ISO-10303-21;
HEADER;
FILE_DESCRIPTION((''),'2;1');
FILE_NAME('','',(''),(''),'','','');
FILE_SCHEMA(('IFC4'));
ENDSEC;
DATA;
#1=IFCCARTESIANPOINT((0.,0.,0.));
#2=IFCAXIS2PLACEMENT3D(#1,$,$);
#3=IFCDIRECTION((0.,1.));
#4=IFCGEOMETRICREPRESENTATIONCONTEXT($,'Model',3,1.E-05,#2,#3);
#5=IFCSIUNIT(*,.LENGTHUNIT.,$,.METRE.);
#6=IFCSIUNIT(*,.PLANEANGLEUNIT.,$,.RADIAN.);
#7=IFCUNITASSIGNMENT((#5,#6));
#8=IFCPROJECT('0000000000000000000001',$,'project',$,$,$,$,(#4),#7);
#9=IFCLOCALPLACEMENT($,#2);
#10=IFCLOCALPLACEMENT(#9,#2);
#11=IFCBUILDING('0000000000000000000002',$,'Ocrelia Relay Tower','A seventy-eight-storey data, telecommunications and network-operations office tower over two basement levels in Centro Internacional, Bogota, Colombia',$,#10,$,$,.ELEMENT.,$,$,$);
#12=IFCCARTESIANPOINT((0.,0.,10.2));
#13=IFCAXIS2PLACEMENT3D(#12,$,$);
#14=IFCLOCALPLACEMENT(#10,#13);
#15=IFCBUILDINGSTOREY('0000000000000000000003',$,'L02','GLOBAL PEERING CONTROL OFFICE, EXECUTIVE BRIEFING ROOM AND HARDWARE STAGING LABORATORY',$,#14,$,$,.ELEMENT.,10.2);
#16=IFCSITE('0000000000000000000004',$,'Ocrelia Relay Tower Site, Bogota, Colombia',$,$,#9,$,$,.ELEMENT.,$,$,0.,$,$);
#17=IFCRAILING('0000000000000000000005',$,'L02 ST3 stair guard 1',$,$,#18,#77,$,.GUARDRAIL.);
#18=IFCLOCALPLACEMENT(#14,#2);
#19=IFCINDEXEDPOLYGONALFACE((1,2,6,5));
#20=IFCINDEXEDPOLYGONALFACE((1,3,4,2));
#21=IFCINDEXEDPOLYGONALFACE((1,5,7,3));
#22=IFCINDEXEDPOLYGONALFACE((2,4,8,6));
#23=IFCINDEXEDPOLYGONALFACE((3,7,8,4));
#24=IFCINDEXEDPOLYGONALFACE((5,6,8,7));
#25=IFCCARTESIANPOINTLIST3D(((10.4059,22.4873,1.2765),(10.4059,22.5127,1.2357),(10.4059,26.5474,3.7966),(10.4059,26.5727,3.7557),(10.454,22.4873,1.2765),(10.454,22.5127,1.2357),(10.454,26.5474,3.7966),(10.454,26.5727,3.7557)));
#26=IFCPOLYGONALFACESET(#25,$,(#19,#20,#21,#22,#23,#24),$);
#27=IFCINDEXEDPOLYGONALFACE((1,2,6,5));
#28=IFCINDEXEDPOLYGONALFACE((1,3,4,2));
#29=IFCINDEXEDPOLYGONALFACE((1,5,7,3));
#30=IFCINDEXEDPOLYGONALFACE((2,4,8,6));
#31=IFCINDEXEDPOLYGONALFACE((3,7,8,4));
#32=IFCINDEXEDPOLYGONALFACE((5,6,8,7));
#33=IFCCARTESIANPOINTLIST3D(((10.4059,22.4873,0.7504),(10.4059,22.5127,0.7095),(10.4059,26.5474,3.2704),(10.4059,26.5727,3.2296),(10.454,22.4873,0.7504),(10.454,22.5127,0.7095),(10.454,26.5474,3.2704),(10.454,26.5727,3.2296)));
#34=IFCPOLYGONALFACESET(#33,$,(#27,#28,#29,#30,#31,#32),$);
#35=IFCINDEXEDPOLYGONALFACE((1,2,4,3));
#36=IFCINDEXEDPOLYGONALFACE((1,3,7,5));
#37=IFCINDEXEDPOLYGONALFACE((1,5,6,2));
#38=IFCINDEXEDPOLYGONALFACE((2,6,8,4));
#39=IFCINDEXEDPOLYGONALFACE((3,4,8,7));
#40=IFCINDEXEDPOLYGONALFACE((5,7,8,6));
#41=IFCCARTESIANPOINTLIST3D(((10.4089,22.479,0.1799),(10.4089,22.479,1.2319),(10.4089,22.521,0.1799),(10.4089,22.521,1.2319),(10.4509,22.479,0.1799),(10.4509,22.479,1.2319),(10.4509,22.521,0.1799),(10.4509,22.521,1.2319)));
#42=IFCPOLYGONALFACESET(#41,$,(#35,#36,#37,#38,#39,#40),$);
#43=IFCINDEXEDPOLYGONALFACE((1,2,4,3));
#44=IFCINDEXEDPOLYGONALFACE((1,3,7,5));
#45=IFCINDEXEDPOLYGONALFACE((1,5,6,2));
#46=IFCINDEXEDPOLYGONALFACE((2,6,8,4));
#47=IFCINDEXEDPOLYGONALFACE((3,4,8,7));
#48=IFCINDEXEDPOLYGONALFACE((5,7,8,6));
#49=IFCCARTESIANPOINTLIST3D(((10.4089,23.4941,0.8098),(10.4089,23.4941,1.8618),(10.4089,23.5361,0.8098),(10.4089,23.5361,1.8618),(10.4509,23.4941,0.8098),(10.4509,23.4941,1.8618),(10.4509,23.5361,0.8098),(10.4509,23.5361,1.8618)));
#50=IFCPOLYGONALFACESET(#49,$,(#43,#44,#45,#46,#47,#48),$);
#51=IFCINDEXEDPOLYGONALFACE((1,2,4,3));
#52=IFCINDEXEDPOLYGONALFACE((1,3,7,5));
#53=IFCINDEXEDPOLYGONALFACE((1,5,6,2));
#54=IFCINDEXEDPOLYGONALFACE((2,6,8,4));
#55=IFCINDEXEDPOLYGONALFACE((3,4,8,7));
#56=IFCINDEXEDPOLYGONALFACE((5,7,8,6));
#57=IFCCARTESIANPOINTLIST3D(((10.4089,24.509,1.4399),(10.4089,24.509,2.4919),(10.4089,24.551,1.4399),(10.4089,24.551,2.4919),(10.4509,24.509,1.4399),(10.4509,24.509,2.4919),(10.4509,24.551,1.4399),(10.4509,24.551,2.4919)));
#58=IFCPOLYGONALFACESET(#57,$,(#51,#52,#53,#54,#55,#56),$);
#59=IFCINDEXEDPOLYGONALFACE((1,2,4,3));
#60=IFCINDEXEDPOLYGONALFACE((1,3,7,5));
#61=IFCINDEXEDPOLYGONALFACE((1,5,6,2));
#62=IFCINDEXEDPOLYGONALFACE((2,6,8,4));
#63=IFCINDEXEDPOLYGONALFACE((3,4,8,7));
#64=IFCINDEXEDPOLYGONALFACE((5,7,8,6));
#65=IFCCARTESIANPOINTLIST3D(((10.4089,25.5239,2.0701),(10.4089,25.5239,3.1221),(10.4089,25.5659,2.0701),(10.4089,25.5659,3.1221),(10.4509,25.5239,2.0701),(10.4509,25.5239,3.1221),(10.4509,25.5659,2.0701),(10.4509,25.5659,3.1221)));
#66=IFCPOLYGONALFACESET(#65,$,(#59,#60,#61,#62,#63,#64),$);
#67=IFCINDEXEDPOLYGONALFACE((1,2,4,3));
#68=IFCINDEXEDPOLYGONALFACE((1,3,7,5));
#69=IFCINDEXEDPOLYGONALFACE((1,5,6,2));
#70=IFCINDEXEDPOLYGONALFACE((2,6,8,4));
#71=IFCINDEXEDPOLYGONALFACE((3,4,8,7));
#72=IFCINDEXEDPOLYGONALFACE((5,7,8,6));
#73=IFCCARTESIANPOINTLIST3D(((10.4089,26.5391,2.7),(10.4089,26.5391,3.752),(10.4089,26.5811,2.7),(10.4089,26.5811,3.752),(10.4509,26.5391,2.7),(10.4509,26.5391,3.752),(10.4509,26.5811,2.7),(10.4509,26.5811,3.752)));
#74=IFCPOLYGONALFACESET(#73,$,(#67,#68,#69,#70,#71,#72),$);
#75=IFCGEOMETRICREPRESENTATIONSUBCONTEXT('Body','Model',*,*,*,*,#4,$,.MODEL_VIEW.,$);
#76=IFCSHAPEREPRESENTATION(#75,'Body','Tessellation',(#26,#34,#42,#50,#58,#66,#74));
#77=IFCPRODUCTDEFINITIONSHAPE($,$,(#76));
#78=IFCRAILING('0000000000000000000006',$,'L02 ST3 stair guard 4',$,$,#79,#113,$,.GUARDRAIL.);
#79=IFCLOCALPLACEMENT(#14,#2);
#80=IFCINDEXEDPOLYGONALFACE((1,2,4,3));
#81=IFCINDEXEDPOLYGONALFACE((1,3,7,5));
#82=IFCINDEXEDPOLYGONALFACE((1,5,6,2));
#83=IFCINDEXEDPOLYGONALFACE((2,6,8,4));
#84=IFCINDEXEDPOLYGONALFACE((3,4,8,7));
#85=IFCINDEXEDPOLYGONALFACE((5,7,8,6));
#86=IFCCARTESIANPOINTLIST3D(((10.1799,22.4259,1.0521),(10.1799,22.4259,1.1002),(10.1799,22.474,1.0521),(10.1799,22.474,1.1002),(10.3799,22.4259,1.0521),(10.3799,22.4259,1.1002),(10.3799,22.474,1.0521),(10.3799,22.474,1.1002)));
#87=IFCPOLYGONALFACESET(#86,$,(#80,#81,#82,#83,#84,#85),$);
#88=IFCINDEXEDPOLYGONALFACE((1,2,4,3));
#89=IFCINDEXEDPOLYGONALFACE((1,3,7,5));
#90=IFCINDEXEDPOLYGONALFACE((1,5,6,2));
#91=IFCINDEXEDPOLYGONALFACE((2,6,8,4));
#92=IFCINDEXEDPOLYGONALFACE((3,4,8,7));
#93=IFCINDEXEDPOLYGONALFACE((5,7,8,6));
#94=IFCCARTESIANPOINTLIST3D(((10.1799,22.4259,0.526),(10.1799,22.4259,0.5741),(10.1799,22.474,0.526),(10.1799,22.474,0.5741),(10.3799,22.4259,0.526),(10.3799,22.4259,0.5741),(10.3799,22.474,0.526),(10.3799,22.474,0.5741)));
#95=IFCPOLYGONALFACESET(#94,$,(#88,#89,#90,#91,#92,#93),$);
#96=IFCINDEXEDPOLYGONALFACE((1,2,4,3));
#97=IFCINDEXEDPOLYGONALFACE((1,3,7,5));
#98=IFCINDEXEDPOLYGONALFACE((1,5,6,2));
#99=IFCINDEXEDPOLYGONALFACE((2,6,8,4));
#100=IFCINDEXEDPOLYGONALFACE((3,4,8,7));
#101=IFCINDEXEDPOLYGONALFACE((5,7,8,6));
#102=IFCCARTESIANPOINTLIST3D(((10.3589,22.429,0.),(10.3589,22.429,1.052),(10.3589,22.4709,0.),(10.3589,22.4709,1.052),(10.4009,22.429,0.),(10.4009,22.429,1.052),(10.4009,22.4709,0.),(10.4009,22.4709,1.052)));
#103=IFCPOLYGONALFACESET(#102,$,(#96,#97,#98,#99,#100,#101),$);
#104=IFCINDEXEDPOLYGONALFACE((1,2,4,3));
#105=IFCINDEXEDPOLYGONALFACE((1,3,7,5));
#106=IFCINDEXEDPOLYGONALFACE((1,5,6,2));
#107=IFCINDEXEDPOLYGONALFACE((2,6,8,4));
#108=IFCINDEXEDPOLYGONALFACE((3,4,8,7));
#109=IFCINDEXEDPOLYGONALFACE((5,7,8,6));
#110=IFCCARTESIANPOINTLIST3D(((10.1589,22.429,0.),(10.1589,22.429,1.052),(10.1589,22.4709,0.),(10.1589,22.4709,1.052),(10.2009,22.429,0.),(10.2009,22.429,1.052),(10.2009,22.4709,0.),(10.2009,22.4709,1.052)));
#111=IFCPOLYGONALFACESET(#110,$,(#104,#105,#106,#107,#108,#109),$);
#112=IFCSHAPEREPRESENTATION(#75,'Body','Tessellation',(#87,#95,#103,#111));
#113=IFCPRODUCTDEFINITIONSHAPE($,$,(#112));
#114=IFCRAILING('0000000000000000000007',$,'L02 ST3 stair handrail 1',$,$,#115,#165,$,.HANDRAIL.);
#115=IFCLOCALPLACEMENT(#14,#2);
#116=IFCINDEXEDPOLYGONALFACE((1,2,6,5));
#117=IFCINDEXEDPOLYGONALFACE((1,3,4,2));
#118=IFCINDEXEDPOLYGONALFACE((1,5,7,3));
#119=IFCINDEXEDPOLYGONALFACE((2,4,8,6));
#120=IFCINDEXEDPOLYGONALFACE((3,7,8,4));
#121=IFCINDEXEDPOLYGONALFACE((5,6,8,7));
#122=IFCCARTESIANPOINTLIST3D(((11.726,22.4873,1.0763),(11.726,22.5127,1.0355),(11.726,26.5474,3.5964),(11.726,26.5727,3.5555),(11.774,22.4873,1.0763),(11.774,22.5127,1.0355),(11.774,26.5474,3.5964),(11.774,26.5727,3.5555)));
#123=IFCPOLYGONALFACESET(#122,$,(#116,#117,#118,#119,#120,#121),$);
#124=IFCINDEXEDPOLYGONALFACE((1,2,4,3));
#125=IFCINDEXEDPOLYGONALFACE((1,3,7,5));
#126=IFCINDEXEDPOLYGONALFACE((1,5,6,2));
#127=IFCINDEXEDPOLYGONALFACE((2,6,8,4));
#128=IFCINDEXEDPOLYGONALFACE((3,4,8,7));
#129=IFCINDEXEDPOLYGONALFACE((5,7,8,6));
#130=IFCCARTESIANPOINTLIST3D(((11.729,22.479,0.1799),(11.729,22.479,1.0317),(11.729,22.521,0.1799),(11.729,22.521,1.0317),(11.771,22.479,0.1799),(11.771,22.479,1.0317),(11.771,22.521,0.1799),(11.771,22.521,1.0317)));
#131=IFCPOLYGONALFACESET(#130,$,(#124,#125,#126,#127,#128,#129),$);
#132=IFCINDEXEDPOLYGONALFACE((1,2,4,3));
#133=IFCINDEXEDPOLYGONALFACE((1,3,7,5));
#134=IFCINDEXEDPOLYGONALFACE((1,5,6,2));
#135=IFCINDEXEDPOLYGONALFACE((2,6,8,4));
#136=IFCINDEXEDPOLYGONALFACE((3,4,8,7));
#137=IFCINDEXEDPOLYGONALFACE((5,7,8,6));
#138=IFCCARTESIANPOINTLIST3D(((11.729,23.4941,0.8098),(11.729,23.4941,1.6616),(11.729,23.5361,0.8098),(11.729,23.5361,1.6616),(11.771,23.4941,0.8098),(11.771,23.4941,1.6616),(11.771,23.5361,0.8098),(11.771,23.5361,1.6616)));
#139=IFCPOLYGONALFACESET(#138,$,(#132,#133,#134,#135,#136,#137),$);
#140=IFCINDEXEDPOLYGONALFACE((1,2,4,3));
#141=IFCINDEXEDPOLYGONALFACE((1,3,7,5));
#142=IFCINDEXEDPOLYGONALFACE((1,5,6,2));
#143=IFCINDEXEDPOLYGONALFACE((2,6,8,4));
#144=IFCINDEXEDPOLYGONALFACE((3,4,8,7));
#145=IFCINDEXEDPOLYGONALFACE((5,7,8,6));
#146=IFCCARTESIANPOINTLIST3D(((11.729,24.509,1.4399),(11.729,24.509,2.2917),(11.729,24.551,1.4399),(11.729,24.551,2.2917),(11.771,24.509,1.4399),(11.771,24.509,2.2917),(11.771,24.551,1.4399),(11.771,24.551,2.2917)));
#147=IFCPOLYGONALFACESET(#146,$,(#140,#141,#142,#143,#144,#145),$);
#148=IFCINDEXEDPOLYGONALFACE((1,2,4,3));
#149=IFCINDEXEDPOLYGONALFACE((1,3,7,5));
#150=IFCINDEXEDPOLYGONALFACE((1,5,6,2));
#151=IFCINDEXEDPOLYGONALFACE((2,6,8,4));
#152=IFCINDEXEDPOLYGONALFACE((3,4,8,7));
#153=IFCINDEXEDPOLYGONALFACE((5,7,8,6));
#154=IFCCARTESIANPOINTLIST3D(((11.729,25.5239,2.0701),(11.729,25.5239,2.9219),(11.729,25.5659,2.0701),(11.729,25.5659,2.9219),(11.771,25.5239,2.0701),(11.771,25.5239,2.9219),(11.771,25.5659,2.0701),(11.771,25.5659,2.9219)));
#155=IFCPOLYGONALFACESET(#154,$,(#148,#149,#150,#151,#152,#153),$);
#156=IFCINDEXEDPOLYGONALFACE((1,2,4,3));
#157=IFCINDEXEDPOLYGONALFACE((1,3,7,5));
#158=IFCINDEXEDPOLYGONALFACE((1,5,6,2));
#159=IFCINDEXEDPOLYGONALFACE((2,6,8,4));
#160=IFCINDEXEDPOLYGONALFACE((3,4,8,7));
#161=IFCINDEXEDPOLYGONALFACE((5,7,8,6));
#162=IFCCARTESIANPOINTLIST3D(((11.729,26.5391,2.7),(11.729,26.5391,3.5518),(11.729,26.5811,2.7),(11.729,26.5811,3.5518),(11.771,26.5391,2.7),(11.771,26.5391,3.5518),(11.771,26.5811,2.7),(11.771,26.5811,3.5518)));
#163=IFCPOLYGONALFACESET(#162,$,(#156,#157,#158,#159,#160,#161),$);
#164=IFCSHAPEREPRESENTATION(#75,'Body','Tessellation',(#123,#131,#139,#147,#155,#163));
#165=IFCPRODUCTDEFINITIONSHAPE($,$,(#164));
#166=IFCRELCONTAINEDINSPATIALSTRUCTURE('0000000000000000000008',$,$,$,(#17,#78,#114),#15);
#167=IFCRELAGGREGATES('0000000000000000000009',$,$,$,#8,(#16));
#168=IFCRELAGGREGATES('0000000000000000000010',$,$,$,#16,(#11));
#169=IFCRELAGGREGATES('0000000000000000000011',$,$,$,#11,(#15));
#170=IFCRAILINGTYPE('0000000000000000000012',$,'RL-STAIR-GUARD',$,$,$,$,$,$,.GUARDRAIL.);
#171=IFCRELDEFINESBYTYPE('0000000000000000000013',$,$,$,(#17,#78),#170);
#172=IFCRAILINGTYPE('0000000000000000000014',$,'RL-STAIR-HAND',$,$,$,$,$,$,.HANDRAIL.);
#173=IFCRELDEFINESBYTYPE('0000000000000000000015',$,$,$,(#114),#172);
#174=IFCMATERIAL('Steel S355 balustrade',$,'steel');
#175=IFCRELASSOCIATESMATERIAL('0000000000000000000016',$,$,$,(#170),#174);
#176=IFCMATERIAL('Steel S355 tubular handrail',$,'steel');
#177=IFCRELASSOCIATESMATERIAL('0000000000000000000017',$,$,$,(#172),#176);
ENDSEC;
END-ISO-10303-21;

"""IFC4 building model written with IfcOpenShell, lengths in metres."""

from ifc_helpers import new_model, si_unit, direction, frame, origin, origin_2d, place, context, subcontext, project, spatial, rectangle, extrude, material, type_object, element, save


model = new_model("IFC4")

# Units and contexts
model_context = context("Model", 3, precision=1e-05, world=origin(), true_north=direction((0.0, 1.0)))
body_context = subcontext(model_context, "Body", "Model", "MODEL_VIEW")
ifc_project = project(units=[si_unit("LENGTHUNIT", "METRE"), si_unit("PLANEANGLEUNIT", "RADIAN")], contexts=[model_context])

# Site, building, storey
site_placement = place(None, origin())
site = spatial("IfcSite", under=ifc_project, at=site_placement, Name="Ocrelia Relay Tower Site, Bogota, Colombia", CompositionType="ELEMENT", RefElevation=0.0)
building_placement = place(site_placement, origin())
building = spatial("IfcBuilding", under=site, at=building_placement, Name="Ocrelia Relay Tower", Description="A seventy-eight-storey data, telecommunications and network-operations office tower over two basement levels in Centro Internacional, Bogota, Colombia", CompositionType="ELEMENT")
storey_placement = place(building_placement, frame((0.0, 0.0, 10.2)))
storey = spatial("IfcBuildingStorey", under=building, at=storey_placement, Name="L02", Description="GLOBAL PEERING CONTROL OFFICE, EXECUTIVE BRIEFING ROOM AND HARDWARE STAGING LABORATORY", CompositionType="ELEMENT", Elevation=10.2)

# Railings
ifc_material_1 = material(Name="Steel S355 balustrade", Category="steel")
railing_type_1 = type_object("IfcRailingType", Name="RL-STAIR-GUARD", PredefinedType="GUARDRAIL", material=ifc_material_1)
railing_1_placement = place(storey_placement, frame((10.4299, 22.5, 0.1799)))
element("IfcRailing", 1, at=railing_1_placement, inside=storey, type_object=railing_type_1, Name="L02 ST3 stair guard 1", PredefinedType="GUARDRAIL", context=body_context, shape_type="SweptSolid", body=[
    extrude(rectangle(XDim=0.0481, YDim=0.0481, at=origin_2d()), frame((0.0, 0.0, 1.0762), z_axis=(0.0, 0.849642, 0.52736), x_axis=(-1.0, 0.0, 0.0)), (0.0, 0.0, 1.0), 4.7786),
    extrude(rectangle(XDim=0.0481, YDim=0.0481, at=origin_2d()), frame((0.0, 0.0, 0.55), z_axis=(0.0, 0.849642, 0.52736), x_axis=(-1.0, 0.0, 0.0)), (0.0, 0.0, 1.0), 4.7786),
    extrude(rectangle(XDim=0.042, YDim=0.042, at=origin_2d()), origin(), (0.0, 0.0, 1.0), 1.052),
    extrude(rectangle(XDim=0.042, YDim=0.042, at=origin_2d()), frame((0.0, 1.0151, 0.6299)), (0.0, 0.0, 1.0), 1.052),
    extrude(rectangle(XDim=0.042, YDim=0.042, at=origin_2d()), frame((0.0, 2.03, 1.26)), (0.0, 0.0, 1.0), 1.052),
    extrude(rectangle(XDim=0.042, YDim=0.042, at=origin_2d()), frame((0.0, 3.0449, 1.8901)), (0.0, 0.0, 1.0), 1.052),
    extrude(rectangle(XDim=0.042, YDim=0.042, at=origin_2d()), frame((0.0, 4.0601, 2.52)), (0.0, 0.0, 1.0), 1.052),
])
railing_2_placement = place(storey_placement, frame((10.3799, 22.45, 0.0)))
element("IfcRailing", 2, at=railing_2_placement, inside=storey, type_object=railing_type_1, Name="L02 ST3 stair guard 4", PredefinedType="GUARDRAIL", context=body_context, shape_type="SweptSolid", body=[
    extrude(rectangle(XDim=0.0481, YDim=0.0481, at=origin_2d()), frame((0.0, 0.0, 1.0762), z_axis=(-1.0, 0.0, 0.0), x_axis=(0.0, -1.0, 0.0)), (0.0, 0.0, 1.0), 0.2),
    extrude(rectangle(XDim=0.0481, YDim=0.0481, at=origin_2d()), frame((0.0, 0.0, 0.55), z_axis=(-1.0, 0.0, 0.0), x_axis=(0.0, -1.0, 0.0)), (0.0, 0.0, 1.0), 0.2),
    extrude(rectangle(XDim=0.042, YDim=0.042, at=origin_2d()), origin(), (0.0, 0.0, 1.0), 1.052),
    extrude(rectangle(XDim=0.042, YDim=0.042, at=origin_2d()), frame((-0.2, 0.0, 0.0)), (0.0, 0.0, 1.0), 1.052),
])
ifc_material_2 = material(Name="Steel S355 tubular handrail", Category="steel")
railing_type_2 = type_object("IfcRailingType", Name="RL-STAIR-HAND", PredefinedType="HANDRAIL", material=ifc_material_2)
railing_3_placement = place(storey_placement, frame((11.75, 22.5, 0.1799)))
element("IfcRailing", 3, at=railing_3_placement, inside=storey, type_object=railing_type_2, Name="L02 ST3 stair handrail 1", PredefinedType="HANDRAIL", context=body_context, shape_type="SweptSolid", body=[
    extrude(rectangle(XDim=0.0481, YDim=0.0481, at=origin_2d()), frame((0.0, 0.0, 0.876), z_axis=(0.0, 0.849642, 0.52736), x_axis=(-1.0, 0.0, 0.0)), (0.0, 0.0, 1.0), 4.7786),
    extrude(rectangle(XDim=0.042, YDim=0.042, at=origin_2d()), origin(), (0.0, 0.0, 1.0), 0.8518),
    extrude(rectangle(XDim=0.042, YDim=0.042, at=origin_2d()), frame((0.0, 1.0151, 0.6299)), (0.0, 0.0, 1.0), 0.8518),
    extrude(rectangle(XDim=0.042, YDim=0.042, at=origin_2d()), frame((0.0, 2.03, 1.26)), (0.0, 0.0, 1.0), 0.8518),
    extrude(rectangle(XDim=0.042, YDim=0.042, at=origin_2d()), frame((0.0, 3.0449, 1.8901)), (0.0, 0.0, 1.0), 0.8518),
    extrude(rectangle(XDim=0.042, YDim=0.042, at=origin_2d()), frame((0.0, 4.0601, 2.52)), (0.0, 0.0, 1.0), 0.8518),
])

save(model, "model.ifc")
